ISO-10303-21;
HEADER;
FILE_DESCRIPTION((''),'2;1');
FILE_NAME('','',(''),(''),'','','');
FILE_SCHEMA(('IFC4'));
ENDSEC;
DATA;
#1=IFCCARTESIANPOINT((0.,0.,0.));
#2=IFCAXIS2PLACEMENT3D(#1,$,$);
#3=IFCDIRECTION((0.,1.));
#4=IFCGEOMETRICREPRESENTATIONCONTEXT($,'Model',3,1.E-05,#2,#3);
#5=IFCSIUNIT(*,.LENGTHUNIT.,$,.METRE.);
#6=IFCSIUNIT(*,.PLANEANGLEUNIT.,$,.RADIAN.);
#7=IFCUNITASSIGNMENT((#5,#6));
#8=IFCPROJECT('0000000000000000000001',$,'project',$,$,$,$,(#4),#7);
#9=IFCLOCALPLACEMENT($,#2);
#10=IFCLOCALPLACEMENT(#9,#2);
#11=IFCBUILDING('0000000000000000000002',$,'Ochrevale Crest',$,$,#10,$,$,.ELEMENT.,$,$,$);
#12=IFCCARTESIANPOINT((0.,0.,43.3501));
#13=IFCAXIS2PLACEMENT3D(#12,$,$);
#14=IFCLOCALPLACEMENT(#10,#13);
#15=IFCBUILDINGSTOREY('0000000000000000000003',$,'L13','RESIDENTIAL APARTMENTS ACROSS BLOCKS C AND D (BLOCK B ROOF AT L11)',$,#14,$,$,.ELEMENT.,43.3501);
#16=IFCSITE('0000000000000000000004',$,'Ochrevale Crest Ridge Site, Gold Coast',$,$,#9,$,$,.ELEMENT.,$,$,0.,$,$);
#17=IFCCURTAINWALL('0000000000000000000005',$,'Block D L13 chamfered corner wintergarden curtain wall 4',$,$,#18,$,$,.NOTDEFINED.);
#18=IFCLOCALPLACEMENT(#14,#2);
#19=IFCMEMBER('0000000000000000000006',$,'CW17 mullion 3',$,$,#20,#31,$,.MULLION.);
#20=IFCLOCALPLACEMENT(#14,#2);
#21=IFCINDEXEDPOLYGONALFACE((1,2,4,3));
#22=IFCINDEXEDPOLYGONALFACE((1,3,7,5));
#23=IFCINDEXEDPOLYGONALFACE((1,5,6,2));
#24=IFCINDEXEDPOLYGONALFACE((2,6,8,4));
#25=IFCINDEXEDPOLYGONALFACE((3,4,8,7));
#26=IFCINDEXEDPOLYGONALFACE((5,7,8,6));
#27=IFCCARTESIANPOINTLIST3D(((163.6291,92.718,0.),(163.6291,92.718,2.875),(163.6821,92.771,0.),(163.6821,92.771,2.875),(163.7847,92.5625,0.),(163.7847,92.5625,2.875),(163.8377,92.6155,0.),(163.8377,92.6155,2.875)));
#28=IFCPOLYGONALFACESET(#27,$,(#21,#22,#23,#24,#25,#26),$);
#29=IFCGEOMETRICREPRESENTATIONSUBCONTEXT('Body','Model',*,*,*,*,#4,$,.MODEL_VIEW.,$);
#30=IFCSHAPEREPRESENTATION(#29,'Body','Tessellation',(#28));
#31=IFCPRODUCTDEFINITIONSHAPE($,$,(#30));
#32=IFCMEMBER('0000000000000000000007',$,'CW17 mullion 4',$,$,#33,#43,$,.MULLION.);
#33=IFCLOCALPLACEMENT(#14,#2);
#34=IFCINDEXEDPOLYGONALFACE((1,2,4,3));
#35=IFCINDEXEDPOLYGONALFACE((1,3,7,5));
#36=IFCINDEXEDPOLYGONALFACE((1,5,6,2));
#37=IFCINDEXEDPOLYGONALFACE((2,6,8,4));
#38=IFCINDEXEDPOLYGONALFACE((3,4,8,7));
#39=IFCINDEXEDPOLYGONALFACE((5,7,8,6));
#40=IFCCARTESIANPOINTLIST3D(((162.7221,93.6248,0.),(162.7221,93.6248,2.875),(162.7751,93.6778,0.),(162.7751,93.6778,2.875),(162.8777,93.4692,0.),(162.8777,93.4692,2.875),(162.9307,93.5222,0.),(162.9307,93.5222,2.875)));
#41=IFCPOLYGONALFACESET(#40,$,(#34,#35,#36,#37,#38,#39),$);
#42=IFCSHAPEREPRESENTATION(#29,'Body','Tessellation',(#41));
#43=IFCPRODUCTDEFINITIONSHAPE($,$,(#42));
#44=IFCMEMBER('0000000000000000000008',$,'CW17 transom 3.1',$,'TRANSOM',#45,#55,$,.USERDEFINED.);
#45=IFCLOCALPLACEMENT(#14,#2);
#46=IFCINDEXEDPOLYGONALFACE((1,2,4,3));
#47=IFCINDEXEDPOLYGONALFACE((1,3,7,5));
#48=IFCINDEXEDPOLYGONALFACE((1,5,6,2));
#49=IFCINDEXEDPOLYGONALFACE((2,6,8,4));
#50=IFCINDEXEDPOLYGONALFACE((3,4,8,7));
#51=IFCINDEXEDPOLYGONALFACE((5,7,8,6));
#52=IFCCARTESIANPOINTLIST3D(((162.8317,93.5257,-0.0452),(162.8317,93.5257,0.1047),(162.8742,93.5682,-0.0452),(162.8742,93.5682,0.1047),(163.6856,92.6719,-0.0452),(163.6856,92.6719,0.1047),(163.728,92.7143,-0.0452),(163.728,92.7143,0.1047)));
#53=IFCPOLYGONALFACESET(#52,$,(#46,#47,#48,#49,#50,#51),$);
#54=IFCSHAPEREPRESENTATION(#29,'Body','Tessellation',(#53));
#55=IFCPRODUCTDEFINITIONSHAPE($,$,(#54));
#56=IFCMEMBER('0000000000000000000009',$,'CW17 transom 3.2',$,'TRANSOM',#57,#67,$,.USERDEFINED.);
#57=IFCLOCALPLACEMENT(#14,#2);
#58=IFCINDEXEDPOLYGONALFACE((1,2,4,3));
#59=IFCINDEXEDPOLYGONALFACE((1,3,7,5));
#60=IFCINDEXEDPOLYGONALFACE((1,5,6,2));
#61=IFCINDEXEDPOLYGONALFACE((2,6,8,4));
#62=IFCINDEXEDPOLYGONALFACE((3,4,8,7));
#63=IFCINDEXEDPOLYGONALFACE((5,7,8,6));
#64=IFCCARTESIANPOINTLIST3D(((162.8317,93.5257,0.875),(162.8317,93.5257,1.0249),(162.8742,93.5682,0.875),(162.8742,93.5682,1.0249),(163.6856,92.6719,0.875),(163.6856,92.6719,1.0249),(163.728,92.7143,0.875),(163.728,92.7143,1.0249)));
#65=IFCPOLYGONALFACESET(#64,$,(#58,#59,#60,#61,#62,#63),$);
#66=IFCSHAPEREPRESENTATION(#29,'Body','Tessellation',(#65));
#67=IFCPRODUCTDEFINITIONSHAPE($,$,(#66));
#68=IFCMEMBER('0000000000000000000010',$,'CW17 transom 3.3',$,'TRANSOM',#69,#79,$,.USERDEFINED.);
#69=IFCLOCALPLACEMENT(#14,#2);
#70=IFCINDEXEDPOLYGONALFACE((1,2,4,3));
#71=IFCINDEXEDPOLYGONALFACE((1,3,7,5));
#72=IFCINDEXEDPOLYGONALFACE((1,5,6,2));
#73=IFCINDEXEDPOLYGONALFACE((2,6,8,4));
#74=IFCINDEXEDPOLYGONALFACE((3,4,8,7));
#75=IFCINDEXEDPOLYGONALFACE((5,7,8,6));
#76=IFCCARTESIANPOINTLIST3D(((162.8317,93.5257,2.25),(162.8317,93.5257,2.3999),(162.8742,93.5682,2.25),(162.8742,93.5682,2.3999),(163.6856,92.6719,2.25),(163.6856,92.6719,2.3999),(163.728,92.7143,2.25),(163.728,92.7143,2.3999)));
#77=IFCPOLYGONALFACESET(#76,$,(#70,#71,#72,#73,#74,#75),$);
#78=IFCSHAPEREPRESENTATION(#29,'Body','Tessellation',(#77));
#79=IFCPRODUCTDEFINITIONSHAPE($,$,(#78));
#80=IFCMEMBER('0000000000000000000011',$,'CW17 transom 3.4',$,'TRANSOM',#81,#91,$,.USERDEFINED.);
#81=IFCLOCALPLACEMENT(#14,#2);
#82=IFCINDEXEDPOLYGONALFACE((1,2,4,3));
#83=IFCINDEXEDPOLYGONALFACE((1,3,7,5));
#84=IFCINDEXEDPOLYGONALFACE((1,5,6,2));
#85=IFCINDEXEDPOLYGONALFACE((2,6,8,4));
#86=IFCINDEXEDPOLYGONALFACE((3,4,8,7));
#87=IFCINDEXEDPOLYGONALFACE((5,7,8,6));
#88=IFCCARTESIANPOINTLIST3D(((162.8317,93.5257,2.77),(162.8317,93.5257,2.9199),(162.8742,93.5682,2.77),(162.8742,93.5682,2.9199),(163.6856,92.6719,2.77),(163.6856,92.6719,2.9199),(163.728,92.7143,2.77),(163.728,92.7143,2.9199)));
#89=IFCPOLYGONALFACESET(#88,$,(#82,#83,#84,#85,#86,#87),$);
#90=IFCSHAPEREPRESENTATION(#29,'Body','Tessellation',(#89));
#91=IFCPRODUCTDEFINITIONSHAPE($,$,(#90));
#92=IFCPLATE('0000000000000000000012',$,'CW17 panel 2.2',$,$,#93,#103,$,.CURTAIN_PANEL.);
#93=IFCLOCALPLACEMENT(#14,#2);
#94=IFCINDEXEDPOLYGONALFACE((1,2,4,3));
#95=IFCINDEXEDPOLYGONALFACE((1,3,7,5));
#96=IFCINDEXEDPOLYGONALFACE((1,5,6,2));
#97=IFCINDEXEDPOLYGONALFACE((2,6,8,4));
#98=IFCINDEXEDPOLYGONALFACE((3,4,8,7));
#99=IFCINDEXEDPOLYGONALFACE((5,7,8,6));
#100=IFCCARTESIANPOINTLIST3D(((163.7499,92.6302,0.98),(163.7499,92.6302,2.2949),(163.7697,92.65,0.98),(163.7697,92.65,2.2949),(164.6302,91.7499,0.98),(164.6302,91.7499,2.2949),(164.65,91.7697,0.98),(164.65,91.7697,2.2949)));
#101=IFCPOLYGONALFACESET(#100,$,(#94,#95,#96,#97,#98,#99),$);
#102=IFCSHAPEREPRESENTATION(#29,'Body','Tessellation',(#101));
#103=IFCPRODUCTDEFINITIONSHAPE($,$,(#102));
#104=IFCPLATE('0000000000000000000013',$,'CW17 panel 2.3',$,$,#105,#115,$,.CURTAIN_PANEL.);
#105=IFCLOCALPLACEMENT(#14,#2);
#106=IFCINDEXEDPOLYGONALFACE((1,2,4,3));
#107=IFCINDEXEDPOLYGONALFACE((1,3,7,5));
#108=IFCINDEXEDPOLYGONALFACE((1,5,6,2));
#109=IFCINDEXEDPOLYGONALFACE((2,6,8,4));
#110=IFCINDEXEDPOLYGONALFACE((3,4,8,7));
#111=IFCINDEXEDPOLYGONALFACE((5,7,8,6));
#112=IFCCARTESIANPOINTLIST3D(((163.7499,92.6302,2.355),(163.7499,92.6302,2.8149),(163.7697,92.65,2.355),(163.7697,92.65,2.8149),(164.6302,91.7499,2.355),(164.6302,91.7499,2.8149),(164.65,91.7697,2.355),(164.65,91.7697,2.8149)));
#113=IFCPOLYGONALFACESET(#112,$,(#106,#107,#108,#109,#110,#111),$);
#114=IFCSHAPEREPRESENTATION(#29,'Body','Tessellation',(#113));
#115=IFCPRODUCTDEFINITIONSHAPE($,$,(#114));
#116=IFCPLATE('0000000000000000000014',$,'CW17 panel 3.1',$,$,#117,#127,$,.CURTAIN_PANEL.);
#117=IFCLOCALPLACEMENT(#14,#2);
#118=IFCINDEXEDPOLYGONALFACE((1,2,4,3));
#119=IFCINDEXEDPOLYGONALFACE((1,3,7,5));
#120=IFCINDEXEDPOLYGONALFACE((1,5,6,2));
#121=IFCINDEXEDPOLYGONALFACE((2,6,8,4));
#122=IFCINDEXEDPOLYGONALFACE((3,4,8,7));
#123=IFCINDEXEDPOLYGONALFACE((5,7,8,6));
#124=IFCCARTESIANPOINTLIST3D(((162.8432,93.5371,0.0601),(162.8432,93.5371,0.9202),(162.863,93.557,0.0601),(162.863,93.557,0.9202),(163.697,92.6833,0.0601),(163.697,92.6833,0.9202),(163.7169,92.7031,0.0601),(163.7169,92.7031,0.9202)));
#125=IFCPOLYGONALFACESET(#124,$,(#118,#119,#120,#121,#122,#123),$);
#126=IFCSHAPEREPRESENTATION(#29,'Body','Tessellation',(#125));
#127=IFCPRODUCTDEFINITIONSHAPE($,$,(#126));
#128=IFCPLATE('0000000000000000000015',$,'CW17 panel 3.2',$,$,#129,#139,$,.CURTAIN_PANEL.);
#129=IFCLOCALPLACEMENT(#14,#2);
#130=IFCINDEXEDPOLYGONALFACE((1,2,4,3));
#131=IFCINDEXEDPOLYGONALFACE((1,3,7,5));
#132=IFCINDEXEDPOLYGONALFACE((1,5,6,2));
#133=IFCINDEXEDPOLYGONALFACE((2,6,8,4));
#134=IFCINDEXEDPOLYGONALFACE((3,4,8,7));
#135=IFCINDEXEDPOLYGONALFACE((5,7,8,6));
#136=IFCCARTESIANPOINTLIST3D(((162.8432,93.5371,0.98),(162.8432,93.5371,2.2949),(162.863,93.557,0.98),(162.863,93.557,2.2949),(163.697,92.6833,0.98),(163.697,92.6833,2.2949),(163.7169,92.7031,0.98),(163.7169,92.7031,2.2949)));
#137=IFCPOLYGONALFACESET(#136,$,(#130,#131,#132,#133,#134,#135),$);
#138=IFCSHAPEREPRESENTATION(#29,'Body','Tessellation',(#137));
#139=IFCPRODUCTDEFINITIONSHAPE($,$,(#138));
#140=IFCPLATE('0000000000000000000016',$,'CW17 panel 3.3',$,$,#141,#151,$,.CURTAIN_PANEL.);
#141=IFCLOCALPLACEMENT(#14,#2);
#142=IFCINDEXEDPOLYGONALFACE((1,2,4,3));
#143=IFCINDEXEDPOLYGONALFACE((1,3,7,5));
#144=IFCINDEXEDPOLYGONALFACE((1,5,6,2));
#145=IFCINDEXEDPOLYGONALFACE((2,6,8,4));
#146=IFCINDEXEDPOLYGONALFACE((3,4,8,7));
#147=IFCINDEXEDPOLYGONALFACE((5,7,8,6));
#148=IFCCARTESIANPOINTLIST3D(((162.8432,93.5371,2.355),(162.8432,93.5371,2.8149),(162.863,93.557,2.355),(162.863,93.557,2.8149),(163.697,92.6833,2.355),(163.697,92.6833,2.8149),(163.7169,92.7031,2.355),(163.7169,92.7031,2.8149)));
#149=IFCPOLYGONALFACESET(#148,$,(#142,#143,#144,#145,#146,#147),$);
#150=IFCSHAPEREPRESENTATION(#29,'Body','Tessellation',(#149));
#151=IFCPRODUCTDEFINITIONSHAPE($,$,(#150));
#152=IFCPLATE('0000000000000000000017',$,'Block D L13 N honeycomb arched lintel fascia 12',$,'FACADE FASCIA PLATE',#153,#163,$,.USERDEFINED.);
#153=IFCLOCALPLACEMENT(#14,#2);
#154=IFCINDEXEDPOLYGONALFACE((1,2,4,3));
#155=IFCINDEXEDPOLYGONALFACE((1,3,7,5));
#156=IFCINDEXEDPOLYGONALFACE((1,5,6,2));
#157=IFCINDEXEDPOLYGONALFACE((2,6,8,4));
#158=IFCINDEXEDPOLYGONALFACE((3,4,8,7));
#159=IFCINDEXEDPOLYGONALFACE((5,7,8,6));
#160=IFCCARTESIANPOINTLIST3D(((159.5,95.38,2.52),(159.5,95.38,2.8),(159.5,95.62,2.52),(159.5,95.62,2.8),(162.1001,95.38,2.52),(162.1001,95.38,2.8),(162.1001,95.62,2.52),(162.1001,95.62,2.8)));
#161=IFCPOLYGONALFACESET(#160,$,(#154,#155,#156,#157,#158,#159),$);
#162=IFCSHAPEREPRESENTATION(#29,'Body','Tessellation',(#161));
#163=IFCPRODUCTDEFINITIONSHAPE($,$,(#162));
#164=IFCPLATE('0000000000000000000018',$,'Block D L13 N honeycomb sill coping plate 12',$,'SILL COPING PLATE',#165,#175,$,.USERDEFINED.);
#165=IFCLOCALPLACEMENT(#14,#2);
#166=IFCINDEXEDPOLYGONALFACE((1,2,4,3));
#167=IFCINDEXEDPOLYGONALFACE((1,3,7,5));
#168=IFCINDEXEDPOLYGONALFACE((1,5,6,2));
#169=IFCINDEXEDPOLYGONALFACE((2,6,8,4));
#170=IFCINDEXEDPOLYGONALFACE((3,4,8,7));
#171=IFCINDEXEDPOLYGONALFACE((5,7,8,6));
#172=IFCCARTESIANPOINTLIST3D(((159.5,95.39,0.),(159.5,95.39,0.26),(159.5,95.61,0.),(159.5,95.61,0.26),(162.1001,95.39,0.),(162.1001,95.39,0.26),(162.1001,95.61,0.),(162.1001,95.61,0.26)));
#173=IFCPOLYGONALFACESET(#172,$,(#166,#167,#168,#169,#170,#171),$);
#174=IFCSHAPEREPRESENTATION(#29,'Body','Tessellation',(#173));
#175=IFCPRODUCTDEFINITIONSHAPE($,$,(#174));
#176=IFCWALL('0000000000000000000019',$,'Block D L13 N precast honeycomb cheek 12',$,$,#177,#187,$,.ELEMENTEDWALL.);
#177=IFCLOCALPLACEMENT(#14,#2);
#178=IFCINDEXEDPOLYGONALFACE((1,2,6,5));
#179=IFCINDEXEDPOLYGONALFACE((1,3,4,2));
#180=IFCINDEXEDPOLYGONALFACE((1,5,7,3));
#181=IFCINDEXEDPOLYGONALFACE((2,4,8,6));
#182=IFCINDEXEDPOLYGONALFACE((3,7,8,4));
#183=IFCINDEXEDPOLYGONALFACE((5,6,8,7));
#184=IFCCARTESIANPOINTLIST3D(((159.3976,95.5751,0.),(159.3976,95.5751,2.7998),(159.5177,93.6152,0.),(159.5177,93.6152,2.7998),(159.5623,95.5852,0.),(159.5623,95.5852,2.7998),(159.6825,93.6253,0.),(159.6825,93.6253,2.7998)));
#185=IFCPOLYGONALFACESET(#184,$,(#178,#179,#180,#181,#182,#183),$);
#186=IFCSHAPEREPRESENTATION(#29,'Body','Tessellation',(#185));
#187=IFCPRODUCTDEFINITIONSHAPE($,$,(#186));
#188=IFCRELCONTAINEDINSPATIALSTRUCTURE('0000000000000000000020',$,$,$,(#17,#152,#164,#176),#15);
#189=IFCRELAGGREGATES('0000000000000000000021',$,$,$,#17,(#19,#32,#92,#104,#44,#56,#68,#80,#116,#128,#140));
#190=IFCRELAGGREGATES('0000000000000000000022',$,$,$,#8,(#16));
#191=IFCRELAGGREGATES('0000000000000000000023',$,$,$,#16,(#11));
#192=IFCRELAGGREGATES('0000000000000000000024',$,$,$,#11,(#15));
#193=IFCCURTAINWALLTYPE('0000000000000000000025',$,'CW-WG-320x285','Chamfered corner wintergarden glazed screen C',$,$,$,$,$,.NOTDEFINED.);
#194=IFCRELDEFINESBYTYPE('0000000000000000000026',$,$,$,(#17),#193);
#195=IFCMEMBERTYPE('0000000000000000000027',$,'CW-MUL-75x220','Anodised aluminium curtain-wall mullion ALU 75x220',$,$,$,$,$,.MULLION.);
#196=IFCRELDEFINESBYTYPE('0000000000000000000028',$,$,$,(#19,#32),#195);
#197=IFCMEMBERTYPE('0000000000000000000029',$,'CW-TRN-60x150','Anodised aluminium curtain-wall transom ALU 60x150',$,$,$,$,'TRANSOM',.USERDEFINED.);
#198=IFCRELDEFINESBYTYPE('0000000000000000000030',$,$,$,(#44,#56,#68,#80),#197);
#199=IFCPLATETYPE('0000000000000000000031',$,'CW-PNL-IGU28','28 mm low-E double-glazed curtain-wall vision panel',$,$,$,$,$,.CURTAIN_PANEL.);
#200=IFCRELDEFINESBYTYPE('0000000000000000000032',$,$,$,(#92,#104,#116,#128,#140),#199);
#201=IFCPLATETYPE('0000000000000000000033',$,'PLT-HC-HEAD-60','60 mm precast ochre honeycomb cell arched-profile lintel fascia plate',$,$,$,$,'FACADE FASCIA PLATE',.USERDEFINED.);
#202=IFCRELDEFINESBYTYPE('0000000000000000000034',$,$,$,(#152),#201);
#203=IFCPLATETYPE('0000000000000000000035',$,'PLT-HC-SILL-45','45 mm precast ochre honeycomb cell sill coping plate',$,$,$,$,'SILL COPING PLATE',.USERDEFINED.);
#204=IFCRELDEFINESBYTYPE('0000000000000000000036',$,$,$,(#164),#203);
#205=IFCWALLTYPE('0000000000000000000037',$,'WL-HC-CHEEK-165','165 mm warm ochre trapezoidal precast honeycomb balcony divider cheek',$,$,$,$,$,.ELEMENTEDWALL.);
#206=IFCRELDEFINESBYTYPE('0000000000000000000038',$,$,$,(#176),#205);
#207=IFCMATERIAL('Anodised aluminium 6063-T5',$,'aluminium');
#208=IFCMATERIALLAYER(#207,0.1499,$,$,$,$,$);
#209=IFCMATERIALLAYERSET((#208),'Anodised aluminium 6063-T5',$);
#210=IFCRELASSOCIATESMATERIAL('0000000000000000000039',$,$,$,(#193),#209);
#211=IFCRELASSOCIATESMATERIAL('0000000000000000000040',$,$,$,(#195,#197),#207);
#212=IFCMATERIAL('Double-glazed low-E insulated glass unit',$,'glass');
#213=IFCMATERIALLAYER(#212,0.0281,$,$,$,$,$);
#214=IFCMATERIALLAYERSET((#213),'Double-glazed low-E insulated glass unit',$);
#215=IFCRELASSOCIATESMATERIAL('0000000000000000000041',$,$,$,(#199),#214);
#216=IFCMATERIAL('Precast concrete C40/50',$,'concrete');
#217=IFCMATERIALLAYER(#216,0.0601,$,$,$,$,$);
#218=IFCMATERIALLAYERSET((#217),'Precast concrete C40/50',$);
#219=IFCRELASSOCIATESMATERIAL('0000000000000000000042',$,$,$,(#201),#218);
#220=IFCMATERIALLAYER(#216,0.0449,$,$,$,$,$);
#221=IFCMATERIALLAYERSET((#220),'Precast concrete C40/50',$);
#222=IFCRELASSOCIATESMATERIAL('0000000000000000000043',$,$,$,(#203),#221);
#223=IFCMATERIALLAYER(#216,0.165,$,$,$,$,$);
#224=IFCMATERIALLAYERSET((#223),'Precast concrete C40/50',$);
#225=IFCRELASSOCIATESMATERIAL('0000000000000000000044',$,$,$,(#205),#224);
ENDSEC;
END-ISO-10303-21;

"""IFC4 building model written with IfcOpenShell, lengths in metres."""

from ifc_helpers import new_model, si_unit, direction, frame, frame_2d, origin, origin_2d, place, context, subcontext, project, spatial, rectangle, extrude, material, layer, layer_set, material_profile, profile_set, type_object, element, aggregate, save


model = new_model("IFC4")

# Units and contexts
model_context = context("Model", 3, precision=1e-05, world=origin(), true_north=direction((0.0, 1.0)))
body_context = subcontext(model_context, "Body", "Model", "MODEL_VIEW")
ifc_project = project(units=[si_unit("LENGTHUNIT", "METRE"), si_unit("PLANEANGLEUNIT", "RADIAN")], contexts=[model_context])

# Site, building, storey
site_placement = place(None, origin())
site = spatial("IfcSite", under=ifc_project, at=site_placement, Name="Ochrevale Crest Ridge Site, Gold Coast", CompositionType="ELEMENT", RefElevation=0.0)
building_placement = place(site_placement, origin())
building = spatial("IfcBuilding", under=site, at=building_placement, Name="Ochrevale Crest", CompositionType="ELEMENT")
storey_placement = place(building_placement, frame((0.0, 0.0, 43.3501)))
storey = spatial("IfcBuildingStorey", under=building, at=storey_placement, Name="L13", Description="RESIDENTIAL APARTMENTS ACROSS BLOCKS C AND D (BLOCK B ROOF AT L11)", CompositionType="ELEMENT", Elevation=43.3501)

# Curtain wall, members, plates
ifc_material_1 = material(Name="Anodised aluminium 6063-T5", Category="aluminium")
ifc_layer_1 = layer(ifc_material_1, 0.1499)
ifc_layer_set_1 = layer_set([ifc_layer_1], Name="Anodised aluminium 6063-T5")
curtain_wall_type = type_object("IfcCurtainWallType", Name="CW-WG-320x285", Description="Chamfered corner wintergarden glazed screen C", PredefinedType="NOTDEFINED", material=ifc_layer_set_1)
curtain_wall_placement = place(storey_placement, origin())
curtain_wall = element("IfcCurtainWall", 1, at=curtain_wall_placement, inside=storey, type_object=curtain_wall_type, Name="Block D L13 chamfered corner wintergarden curtain wall 4", PredefinedType="NOTDEFINED")
ifc_material_profile_1 = material_profile(ifc_material_1, rectangle(XDim=0.075, YDim=0.22, at=origin_2d()), Name="ALU 75x220")
ifc_profile_set_1 = profile_set([ifc_material_profile_1], Name="Anodised aluminium 6063-T5")
member_type_1 = type_object("IfcMemberType", Name="CW-MUL-75x220", Description="Anodised aluminium curtain-wall mullion ALU 75x220", PredefinedType="MULLION", material=ifc_profile_set_1)
member_1_placement = place(storey_placement, frame((163.7334, 92.6667, 0.0), z_axis=(0.0, 0.0, 1.0), x_axis=(-0.707107, -0.707107, 0.0)))
member_1 = element("IfcMember", 2, at=member_1_placement, type_object=member_type_1, Name="CW17 mullion 3", PredefinedType="MULLION", context=body_context, shape_type="SweptSolid", body=[
    extrude(rectangle(XDim=0.075, YDim=0.22, at=origin_2d()), origin(), (0.0, 0.0, 1.0), 2.875),
])
member_2_placement = place(storey_placement, frame((162.8264, 93.5735, 0.0), z_axis=(0.0, 0.0, 1.0), x_axis=(-0.707107, -0.707107, 0.0)))
member_2 = element("IfcMember", 3, at=member_2_placement, type_object=member_type_1, Name="CW17 mullion 4", PredefinedType="MULLION", context=body_context, shape_type="SweptSolid", body=[
    extrude(rectangle(XDim=0.075, YDim=0.22, at=origin_2d()), origin(), (0.0, 0.0, 1.0), 2.875),
])
ifc_material_profile_2 = material_profile(ifc_material_1, rectangle(XDim=0.0601, YDim=0.1499, at=origin_2d()), Name="ALU 60x150")
ifc_profile_set_2 = profile_set([ifc_material_profile_2], Name="Anodised aluminium 6063-T5")
member_type_2 = type_object("IfcMemberType", Name="CW-TRN-60x150", Description="Anodised aluminium curtain-wall transom ALU 60x150", ElementType="TRANSOM", PredefinedType="USERDEFINED", material=ifc_profile_set_2)
member_3_placement = place(storey_placement, frame((163.7068, 92.6931, 0.0298), z_axis=(-0.707107, 0.707107, 0.0), x_axis=(-0.707107, -0.707107, 0.0)))
member_3 = element("IfcMember", 4, at=member_3_placement, type_object=member_type_2, Name="CW17 transom 3.1", ObjectType="TRANSOM", PredefinedType="USERDEFINED", context=body_context, shape_type="SweptSolid", body=[
    extrude(rectangle(XDim=0.0601, YDim=0.1499, at=origin_2d()), origin(), (0.0, 0.0, 1.0), 1.2075),
])
member_4_placement = place(storey_placement, frame((163.7068, 92.6931, 0.95), z_axis=(-0.707107, 0.707107, 0.0), x_axis=(-0.707107, -0.707107, 0.0)))
member_4 = element("IfcMember", 5, at=member_4_placement, type_object=member_type_2, Name="CW17 transom 3.2", ObjectType="TRANSOM", PredefinedType="USERDEFINED", context=body_context, shape_type="SweptSolid", body=[
    extrude(rectangle(XDim=0.0601, YDim=0.1499, at=origin_2d()), origin(), (0.0, 0.0, 1.0), 1.2075),
])
member_5_placement = place(storey_placement, frame((163.7068, 92.6931, 2.325), z_axis=(-0.707107, 0.707107, 0.0), x_axis=(-0.707107, -0.707107, 0.0)))
member_5 = element("IfcMember", 6, at=member_5_placement, type_object=member_type_2, Name="CW17 transom 3.3", ObjectType="TRANSOM", PredefinedType="USERDEFINED", context=body_context, shape_type="SweptSolid", body=[
    extrude(rectangle(XDim=0.0601, YDim=0.1499, at=origin_2d()), origin(), (0.0, 0.0, 1.0), 1.2075),
])
member_6_placement = place(storey_placement, frame((163.7068, 92.6931, 2.845), z_axis=(-0.707107, 0.707107, 0.0), x_axis=(-0.707107, -0.707107, 0.0)))
member_6 = element("IfcMember", 7, at=member_6_placement, type_object=member_type_2, Name="CW17 transom 3.4", ObjectType="TRANSOM", PredefinedType="USERDEFINED", context=body_context, shape_type="SweptSolid", body=[
    extrude(rectangle(XDim=0.0601, YDim=0.1499, at=origin_2d()), origin(), (0.0, 0.0, 1.0), 1.2075),
])
ifc_material_2 = material(Name="Double-glazed low-E insulated glass unit", Category="glass")
ifc_layer_2 = layer(ifc_material_2, 0.0281)
ifc_layer_set_2 = layer_set([ifc_layer_2], Name="Double-glazed low-E insulated glass unit")
plate_type_1 = type_object("IfcPlateType", Name="CW-PNL-IGU28", Description="28 mm low-E double-glazed curtain-wall vision panel", PredefinedType="CURTAIN_PANEL", material=ifc_layer_set_2)
plate_1_placement = place(storey_placement, frame((164.2, 92.2, 0.98), z_axis=(0.0, 0.0, 1.0), x_axis=(-0.707107, 0.707107, 0.0)))
plate_1 = element("IfcPlate", 8, at=plate_1_placement, type_object=plate_type_1, Name="CW17 panel 2.2", PredefinedType="CURTAIN_PANEL", context=body_context, shape_type="SweptSolid", body=[
    extrude(rectangle(XDim=1.2449, YDim=0.0281, at=origin_2d()), origin(), (0.0, 0.0, 1.0), 1.3149),
])
plate_2_placement = place(storey_placement, frame((164.2, 92.2, 2.355), z_axis=(0.0, 0.0, 1.0), x_axis=(-0.707107, 0.707107, 0.0)))
plate_2 = element("IfcPlate", 9, at=plate_2_placement, type_object=plate_type_1, Name="CW17 panel 2.3", PredefinedType="CURTAIN_PANEL", context=body_context, shape_type="SweptSolid", body=[
    extrude(rectangle(XDim=1.2449, YDim=0.0281, at=origin_2d()), origin(), (0.0, 0.0, 1.0), 0.46),
])
plate_3_placement = place(storey_placement, frame((163.28, 93.1201, 0.0601), z_axis=(0.0, 0.0, 1.0), x_axis=(-0.707107, 0.707107, 0.0)))
plate_3 = element("IfcPlate", 10, at=plate_3_placement, type_object=plate_type_1, Name="CW17 panel 3.1", PredefinedType="CURTAIN_PANEL", context=body_context, shape_type="SweptSolid", body=[
    extrude(rectangle(XDim=1.2075, YDim=0.0281, at=origin_2d()), origin(), (0.0, 0.0, 1.0), 0.8601),
])
plate_4_placement = place(storey_placement, frame((163.28, 93.1201, 0.98), z_axis=(0.0, 0.0, 1.0), x_axis=(-0.707107, 0.707107, 0.0)))
plate_4 = element("IfcPlate", 11, at=plate_4_placement, type_object=plate_type_1, Name="CW17 panel 3.2", PredefinedType="CURTAIN_PANEL", context=body_context, shape_type="SweptSolid", body=[
    extrude(rectangle(XDim=1.2075, YDim=0.0281, at=origin_2d()), origin(), (0.0, 0.0, 1.0), 1.3149),
])
plate_5_placement = place(storey_placement, frame((163.28, 93.1201, 2.355), z_axis=(0.0, 0.0, 1.0), x_axis=(-0.707107, 0.707107, 0.0)))
plate_5 = element("IfcPlate", 12, at=plate_5_placement, type_object=plate_type_1, Name="CW17 panel 3.3", PredefinedType="CURTAIN_PANEL", context=body_context, shape_type="SweptSolid", body=[
    extrude(rectangle(XDim=1.2075, YDim=0.0281, at=origin_2d()), origin(), (0.0, 0.0, 1.0), 0.46),
])
aggregate(curtain_wall, [member_1, member_2, plate_1, plate_2, member_3, member_4, member_5, member_6, plate_3, plate_4, plate_5])

# Plates
ifc_material_3 = material(Name="Precast concrete C40/50", Category="concrete")
ifc_layer_3 = layer(ifc_material_3, 0.0601)
ifc_layer_set_3 = layer_set([ifc_layer_3], Name="Precast concrete C40/50")
plate_type_2 = type_object("IfcPlateType", Name="PLT-HC-HEAD-60", Description="60 mm precast ochre honeycomb cell arched-profile lintel fascia plate", ElementType="FACADE FASCIA PLATE", PredefinedType="USERDEFINED", material=ifc_layer_set_3)
plate_6_placement = place(storey_placement, frame((160.8, 95.5, 2.52), z_axis=(0.0, 0.0, 1.0), x_axis=(1.0, 0.0, 0.0)))
element("IfcPlate", 13, at=plate_6_placement, inside=storey, type_object=plate_type_2, Name="Block D L13 N honeycomb arched lintel fascia 12", ObjectType="FACADE FASCIA PLATE", PredefinedType="USERDEFINED", context=body_context, shape_type="SweptSolid", body=[
    extrude(rectangle(XDim=2.6001, YDim=0.24, at=origin_2d()), origin(), (0.0, 0.0, 1.0), 0.28),
])
ifc_layer_4 = layer(ifc_material_3, 0.0449)
ifc_layer_set_4 = layer_set([ifc_layer_4], Name="Precast concrete C40/50")
plate_type_3 = type_object("IfcPlateType", Name="PLT-HC-SILL-45", Description="45 mm precast ochre honeycomb cell sill coping plate", ElementType="SILL COPING PLATE", PredefinedType="USERDEFINED", material=ifc_layer_set_4)
plate_7_placement = place(storey_placement, frame((160.8, 95.5, 0.0), z_axis=(0.0, 0.0, 1.0), x_axis=(1.0, 0.0, 0.0)))
element("IfcPlate", 14, at=plate_7_placement, inside=storey, type_object=plate_type_3, Name="Block D L13 N honeycomb sill coping plate 12", ObjectType="SILL COPING PLATE", PredefinedType="USERDEFINED", context=body_context, shape_type="SweptSolid", body=[
    extrude(rectangle(XDim=2.6001, YDim=0.22, at=origin_2d()), origin(), (0.0, 0.0, 1.0), 0.26),
])

# Wall
ifc_layer_5 = layer(ifc_material_3, 0.165)
ifc_layer_set_5 = layer_set([ifc_layer_5], Name="Precast concrete C40/50")
wall_type_1 = type_object("IfcWallType", Name="WL-HC-CHEEK-165", Description="165 mm warm ochre trapezoidal precast honeycomb balcony divider cheek", PredefinedType="ELEMENTEDWALL", material=ifc_layer_set_5)
wall_1_placement = place(storey_placement, frame((159.6001, 93.6201, 0.0), z_axis=(0.0, 0.0, 1.0), x_axis=(-0.061171, 0.998127, 0.0)))
element("IfcWall", 15, at=wall_1_placement, inside=storey, type_object=wall_type_1, Name="Block D L13 N precast honeycomb cheek 12", PredefinedType="ELEMENTEDWALL", context=body_context, shape_type="SweptSolid", body=[
    extrude(rectangle(XDim=1.9636, YDim=0.165, at=frame_2d((0.9819, 0.0))), origin(), (0.0, 0.0, 1.0), 2.7998),
])

save(model, "model.ifc")
